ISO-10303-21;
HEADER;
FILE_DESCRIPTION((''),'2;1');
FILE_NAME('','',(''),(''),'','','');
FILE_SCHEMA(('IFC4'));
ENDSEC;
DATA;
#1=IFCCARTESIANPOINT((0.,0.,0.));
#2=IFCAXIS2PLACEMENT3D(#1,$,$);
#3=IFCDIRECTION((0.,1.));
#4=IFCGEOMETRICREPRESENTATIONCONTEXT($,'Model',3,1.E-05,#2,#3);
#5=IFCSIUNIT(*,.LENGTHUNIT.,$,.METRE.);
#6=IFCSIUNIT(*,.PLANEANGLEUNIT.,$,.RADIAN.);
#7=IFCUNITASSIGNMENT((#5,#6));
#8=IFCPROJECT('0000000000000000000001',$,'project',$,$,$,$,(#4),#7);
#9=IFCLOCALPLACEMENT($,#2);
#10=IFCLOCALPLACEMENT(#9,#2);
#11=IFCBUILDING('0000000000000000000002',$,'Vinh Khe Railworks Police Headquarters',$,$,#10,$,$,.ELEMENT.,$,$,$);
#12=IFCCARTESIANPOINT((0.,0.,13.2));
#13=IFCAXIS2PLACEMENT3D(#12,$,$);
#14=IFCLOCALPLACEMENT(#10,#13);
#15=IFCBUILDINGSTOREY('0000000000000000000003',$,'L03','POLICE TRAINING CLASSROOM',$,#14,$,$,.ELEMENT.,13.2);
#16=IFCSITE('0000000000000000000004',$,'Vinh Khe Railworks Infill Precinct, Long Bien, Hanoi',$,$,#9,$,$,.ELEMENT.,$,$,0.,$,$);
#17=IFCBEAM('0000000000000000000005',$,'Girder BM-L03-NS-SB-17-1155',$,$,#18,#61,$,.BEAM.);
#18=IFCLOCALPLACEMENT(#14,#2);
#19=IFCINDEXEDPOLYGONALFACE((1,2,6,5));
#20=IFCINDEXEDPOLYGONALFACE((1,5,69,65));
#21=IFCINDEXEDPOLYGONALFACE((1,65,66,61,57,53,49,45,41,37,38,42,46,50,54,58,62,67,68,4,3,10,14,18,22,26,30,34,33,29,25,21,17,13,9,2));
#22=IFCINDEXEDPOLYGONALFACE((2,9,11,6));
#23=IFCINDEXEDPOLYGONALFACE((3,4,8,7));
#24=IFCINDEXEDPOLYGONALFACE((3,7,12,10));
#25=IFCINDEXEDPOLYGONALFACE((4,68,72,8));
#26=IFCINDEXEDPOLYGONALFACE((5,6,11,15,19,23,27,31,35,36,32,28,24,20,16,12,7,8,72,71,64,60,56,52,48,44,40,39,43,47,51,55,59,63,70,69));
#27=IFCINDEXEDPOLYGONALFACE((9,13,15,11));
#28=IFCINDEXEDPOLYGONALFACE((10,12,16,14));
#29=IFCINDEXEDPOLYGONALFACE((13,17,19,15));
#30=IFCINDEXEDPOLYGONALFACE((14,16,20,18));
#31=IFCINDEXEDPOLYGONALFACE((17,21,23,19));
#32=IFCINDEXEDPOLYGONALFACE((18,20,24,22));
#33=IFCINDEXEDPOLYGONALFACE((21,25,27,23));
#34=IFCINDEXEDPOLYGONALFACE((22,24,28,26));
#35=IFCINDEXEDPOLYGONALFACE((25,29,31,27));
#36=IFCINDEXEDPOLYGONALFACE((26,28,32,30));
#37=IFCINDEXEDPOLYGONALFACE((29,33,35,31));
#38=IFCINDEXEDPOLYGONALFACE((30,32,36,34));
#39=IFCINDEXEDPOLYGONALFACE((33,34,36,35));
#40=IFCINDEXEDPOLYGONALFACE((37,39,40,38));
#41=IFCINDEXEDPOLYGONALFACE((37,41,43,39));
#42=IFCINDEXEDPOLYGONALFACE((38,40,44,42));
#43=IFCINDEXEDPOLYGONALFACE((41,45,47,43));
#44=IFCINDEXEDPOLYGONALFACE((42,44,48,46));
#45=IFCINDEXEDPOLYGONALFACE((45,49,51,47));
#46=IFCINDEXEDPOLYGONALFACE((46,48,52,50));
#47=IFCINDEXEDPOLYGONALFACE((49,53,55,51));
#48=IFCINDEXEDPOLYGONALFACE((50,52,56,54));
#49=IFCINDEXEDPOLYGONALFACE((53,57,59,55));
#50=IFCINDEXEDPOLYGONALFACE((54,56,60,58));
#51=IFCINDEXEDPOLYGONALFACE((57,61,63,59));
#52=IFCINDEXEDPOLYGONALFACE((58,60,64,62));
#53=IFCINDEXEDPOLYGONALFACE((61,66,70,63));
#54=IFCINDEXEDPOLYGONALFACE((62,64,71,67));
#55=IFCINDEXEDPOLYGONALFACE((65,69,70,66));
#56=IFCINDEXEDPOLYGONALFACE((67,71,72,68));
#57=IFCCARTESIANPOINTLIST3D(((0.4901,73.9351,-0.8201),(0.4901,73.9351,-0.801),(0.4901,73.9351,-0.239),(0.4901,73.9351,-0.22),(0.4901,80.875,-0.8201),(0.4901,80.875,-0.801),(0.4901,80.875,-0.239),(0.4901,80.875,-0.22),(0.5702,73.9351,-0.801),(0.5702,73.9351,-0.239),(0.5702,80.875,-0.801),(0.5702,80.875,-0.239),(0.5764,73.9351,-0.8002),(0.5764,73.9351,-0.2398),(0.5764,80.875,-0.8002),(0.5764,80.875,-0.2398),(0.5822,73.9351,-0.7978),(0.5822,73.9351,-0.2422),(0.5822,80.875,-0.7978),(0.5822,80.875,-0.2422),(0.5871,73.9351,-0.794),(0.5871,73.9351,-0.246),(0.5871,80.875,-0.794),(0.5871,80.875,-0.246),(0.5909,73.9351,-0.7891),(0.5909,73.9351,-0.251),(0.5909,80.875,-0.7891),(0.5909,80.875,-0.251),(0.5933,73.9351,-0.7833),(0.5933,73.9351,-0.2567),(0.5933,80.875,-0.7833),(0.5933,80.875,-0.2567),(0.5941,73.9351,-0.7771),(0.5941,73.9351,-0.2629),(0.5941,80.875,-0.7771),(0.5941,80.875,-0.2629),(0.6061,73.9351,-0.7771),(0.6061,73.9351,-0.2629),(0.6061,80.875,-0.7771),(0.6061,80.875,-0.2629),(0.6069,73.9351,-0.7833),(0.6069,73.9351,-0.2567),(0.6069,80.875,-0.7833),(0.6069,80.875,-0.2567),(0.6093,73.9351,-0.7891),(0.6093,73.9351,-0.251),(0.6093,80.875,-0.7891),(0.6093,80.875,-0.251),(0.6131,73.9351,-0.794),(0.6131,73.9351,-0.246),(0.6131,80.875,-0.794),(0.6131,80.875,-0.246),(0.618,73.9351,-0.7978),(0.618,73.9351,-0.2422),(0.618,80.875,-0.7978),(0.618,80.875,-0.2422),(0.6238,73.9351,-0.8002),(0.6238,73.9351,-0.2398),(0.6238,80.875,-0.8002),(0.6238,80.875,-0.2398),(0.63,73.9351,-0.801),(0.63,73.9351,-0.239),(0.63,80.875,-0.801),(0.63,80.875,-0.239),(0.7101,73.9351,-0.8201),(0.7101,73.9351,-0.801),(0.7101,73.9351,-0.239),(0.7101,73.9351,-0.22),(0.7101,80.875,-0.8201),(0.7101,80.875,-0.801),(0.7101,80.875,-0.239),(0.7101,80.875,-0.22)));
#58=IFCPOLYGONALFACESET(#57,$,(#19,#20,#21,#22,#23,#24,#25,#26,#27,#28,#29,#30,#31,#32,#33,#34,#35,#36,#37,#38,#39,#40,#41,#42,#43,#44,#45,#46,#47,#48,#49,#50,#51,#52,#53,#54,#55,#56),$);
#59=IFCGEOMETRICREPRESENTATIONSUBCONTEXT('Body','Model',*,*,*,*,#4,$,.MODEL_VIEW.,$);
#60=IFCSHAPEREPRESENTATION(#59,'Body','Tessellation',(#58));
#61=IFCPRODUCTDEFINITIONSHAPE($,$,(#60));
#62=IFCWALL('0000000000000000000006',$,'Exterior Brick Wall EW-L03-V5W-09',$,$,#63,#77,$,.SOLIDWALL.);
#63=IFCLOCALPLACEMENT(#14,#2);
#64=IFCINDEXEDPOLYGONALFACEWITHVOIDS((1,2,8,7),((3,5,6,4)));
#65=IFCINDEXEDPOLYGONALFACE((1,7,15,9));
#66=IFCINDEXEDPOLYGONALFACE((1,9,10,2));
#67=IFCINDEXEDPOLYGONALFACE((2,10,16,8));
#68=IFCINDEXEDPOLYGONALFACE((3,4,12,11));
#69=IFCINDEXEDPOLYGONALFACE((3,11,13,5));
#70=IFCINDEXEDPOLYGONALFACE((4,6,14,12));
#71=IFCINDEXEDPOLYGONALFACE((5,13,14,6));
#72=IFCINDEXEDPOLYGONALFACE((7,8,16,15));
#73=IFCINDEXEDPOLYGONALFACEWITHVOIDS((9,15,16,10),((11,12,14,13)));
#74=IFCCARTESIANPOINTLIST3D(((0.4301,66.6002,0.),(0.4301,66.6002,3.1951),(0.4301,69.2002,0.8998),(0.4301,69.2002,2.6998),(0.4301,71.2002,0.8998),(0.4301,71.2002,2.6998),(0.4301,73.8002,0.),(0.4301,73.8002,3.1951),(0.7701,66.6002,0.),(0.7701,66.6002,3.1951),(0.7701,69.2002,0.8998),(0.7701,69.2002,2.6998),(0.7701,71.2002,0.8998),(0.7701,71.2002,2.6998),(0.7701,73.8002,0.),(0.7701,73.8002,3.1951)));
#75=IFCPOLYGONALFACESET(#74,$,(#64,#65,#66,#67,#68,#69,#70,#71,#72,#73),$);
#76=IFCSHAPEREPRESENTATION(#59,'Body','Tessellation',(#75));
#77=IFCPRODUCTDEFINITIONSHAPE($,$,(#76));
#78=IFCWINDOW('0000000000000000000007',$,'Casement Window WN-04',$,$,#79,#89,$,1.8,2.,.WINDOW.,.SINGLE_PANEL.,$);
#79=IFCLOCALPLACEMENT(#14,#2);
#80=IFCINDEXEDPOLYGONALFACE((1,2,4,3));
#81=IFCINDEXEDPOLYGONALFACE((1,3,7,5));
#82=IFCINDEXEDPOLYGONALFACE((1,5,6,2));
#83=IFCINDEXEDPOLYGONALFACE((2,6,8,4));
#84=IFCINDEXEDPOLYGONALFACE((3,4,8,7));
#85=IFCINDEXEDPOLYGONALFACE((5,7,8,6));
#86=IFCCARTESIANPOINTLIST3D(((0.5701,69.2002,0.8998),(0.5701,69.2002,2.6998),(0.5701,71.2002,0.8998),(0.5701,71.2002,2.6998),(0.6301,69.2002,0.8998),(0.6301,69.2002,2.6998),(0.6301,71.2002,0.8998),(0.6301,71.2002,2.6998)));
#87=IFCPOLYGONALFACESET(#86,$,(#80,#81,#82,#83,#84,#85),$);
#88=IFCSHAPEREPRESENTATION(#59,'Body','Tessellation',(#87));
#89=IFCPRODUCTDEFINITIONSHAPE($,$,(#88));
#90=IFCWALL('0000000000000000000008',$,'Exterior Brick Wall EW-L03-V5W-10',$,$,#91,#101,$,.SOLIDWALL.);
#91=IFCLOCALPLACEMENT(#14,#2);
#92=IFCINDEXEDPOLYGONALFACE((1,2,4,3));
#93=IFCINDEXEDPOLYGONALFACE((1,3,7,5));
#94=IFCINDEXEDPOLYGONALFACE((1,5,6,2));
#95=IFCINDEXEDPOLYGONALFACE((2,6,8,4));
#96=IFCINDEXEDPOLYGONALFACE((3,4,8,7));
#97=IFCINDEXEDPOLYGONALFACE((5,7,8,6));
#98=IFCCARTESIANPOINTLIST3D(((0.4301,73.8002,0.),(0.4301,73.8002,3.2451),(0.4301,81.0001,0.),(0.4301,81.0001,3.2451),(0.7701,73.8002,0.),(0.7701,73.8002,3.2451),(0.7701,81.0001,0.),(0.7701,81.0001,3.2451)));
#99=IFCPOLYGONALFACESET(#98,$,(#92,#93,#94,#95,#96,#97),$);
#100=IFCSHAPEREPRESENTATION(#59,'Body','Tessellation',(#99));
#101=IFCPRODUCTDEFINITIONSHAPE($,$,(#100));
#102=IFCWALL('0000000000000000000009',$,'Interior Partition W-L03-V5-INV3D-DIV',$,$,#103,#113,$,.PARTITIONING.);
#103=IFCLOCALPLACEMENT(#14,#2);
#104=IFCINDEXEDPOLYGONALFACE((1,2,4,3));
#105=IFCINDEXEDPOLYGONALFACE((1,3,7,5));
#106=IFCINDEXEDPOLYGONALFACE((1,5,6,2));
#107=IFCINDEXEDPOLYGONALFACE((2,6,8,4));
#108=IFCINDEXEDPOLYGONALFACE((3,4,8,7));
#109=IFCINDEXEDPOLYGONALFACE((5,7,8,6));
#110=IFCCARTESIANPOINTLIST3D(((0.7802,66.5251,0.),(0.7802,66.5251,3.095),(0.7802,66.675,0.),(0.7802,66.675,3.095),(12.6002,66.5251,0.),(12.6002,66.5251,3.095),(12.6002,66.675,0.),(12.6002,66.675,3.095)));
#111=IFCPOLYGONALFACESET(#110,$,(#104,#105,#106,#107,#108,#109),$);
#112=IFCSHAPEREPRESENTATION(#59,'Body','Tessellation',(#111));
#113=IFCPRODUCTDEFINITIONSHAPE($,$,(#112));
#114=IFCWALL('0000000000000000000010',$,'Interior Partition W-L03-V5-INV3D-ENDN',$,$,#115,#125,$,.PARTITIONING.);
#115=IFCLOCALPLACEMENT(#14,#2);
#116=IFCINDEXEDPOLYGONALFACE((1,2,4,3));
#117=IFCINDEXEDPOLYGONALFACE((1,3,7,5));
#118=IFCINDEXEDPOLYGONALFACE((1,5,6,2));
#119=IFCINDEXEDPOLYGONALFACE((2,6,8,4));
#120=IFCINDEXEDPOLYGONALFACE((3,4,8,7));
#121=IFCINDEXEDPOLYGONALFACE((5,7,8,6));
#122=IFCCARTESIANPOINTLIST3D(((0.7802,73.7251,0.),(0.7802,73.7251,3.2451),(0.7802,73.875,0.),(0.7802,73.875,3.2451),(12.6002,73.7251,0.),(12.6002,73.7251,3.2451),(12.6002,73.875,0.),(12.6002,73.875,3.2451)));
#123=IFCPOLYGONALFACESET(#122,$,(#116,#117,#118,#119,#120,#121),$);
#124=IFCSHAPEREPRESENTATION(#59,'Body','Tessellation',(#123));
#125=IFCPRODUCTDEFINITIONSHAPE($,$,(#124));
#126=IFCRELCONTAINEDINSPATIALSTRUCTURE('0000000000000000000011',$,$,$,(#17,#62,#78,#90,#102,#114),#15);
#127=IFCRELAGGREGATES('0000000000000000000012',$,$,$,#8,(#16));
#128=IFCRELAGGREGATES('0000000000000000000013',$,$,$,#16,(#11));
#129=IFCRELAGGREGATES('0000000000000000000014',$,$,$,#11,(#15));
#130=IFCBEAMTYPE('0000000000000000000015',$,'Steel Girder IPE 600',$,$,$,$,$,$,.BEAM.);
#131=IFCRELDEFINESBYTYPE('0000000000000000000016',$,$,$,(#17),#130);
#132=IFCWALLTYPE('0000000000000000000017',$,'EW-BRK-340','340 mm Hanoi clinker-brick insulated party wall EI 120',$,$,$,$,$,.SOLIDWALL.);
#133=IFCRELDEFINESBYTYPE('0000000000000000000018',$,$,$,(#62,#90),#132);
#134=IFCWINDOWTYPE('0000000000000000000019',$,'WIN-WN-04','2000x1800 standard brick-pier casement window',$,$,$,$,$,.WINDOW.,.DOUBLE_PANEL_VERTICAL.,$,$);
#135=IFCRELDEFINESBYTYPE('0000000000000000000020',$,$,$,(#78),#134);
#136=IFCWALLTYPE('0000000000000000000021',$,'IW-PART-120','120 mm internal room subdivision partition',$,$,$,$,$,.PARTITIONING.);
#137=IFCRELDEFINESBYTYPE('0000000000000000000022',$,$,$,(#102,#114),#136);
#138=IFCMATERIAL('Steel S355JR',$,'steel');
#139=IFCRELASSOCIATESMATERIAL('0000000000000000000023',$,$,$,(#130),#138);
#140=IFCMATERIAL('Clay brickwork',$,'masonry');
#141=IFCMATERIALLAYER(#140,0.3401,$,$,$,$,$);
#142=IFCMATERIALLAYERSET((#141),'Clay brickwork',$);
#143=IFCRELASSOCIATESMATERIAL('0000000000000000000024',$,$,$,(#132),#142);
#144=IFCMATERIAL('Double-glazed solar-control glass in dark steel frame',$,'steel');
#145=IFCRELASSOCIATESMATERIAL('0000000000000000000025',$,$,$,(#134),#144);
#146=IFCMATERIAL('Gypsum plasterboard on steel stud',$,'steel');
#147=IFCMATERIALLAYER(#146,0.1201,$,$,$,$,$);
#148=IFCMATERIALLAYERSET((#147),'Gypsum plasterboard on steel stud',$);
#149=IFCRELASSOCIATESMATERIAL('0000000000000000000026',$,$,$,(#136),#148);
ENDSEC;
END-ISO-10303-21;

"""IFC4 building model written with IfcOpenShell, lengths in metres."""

from ifc_helpers import new_model, si_unit, direction, frame, frame_2d, origin, origin_2d, place, context, subcontext, project, spatial, rectangle, i_section, extrude, material, layer, layer_set, material_profile, profile_set, type_object, element, fill, save


model = new_model("IFC4")

# Units and contexts
model_context = context("Model", 3, precision=1e-05, world=origin(), true_north=direction((0.0, 1.0)))
body_context = subcontext(model_context, "Body", "Model", "MODEL_VIEW")
ifc_project = project(units=[si_unit("LENGTHUNIT", "METRE"), si_unit("PLANEANGLEUNIT", "RADIAN")], contexts=[model_context])

# Site, building, storey
site_placement = place(None, origin())
site = spatial("IfcSite", under=ifc_project, at=site_placement, Name="Vinh Khe Railworks Infill Precinct, Long Bien, Hanoi", CompositionType="ELEMENT", RefElevation=0.0)
building_placement = place(site_placement, origin())
building = spatial("IfcBuilding", under=site, at=building_placement, Name="Vinh Khe Railworks Police Headquarters", CompositionType="ELEMENT")
storey_placement = place(building_placement, frame((0.0, 0.0, 13.2)))
storey = spatial("IfcBuildingStorey", under=building, at=storey_placement, Name="L03", Description="POLICE TRAINING CLASSROOM", CompositionType="ELEMENT", Elevation=13.2)

# Shared definitions
ifc_material_1 = material(Name="Steel S355JR", Category="steel")

# Beam
ifc_material_profile_1 = material_profile(ifc_material_1, i_section(OverallWidth=0.22, OverallDepth=0.6001, WebThickness=0.012, FlangeThickness=0.019, FilletRadius=0.0239, at=origin_2d()), Name="IPE 600")
ifc_profile_set_1 = profile_set([ifc_material_profile_1], Name="Steel S355JR")
beam_type_1 = type_object("IfcBeamType", Name="Steel Girder IPE 600", PredefinedType="BEAM", material=ifc_profile_set_1)
beam_1_placement = place(storey_placement, frame((0.6001, 73.9351, -0.52), z_axis=(0.0, 1.0, 0.0), x_axis=(-1.0, 0.0, 0.0)))
element("IfcBeam", 1, at=beam_1_placement, inside=storey, type_object=beam_type_1, Name="Girder BM-L03-NS-SB-17-1155", PredefinedType="BEAM", context=body_context, shape_type="SweptSolid", body=[
    extrude(i_section(OverallWidth=0.22, OverallDepth=0.6001, WebThickness=0.012, FlangeThickness=0.019, FilletRadius=0.0239, at=origin_2d()), origin(), (0.0, 0.0, 1.0), 6.9399),
])

# Wall, opening, window
ifc_material_2 = material(Name="Clay brickwork", Category="masonry")
ifc_layer_1 = layer(ifc_material_2, 0.3401)
ifc_layer_set_1 = layer_set([ifc_layer_1], Name="Clay brickwork")
wall_type_1 = type_object("IfcWallType", Name="EW-BRK-340", Description="340 mm Hanoi clinker-brick insulated party wall EI 120", PredefinedType="SOLIDWALL", material=ifc_layer_set_1)
wall_1_placement = place(storey_placement, frame((0.6001, 66.6001, 0.0), z_axis=(0.0, 0.0, 1.0), x_axis=(0.0, 1.0, 0.0)))
wall_1 = element("IfcWall", 2, at=wall_1_placement, inside=storey, type_object=wall_type_1, Name="Exterior Brick Wall EW-L03-V5W-09", PredefinedType="SOLIDWALL", context=body_context, shape_type="SweptSolid", body=[
    extrude(rectangle(XDim=7.2, YDim=0.3401, at=frame_2d((3.6001, 0.0))), origin(), (0.0, 0.0, 1.0), 3.1951),
])
opening_placement = place(wall_1_placement, frame((2.6001, 0.0, 0.8999)))
opening = element("IfcOpeningElement", 3, at=opening_placement, cuts=wall_1, PredefinedType="OPENING", context=body_context, shape_type="SweptSolid", body=[
    extrude(rectangle(XDim=2.0, YDim=1.8, at=frame_2d((1.0, 0.8999))), frame((0.0, 0.1851, 0.0), z_axis=(0.0, -1.0, 0.0), x_axis=(1.0, 0.0, 0.0)), (0.0, 0.0, 1.0), 0.3699),
])
ifc_material_3 = material(Name="Double-glazed solar-control glass in dark steel frame", Category="steel")
window_type = type_object("IfcWindowType", Name="WIN-WN-04", Description="2000x1800 standard brick-pier casement window", PartitioningType="DOUBLE_PANEL_VERTICAL", PredefinedType="WINDOW", material=ifc_material_3)
window_placement = place(opening_placement, origin())
window = element("IfcWindow", 4, at=window_placement, inside=storey, type_object=window_type, Name="Casement Window WN-04", OverallHeight=1.8, OverallWidth=2.0, PartitioningType="SINGLE_PANEL", PredefinedType="WINDOW", context=body_context, shape_type="SweptSolid", body=[
    extrude(rectangle(XDim=2.0, YDim=1.8, at=frame_2d((1.0, 0.8999))), frame((0.0, 0.03, 0.0), z_axis=(0.0, -1.0, 0.0), x_axis=(1.0, 0.0, 0.0)), (0.0, 0.0, 1.0), 0.0601),
])
fill(opening, window)

# Walls
wall_2_placement = place(storey_placement, frame((0.6001, 73.8, 0.0), z_axis=(0.0, 0.0, 1.0), x_axis=(0.0, 1.0, 0.0)))
element("IfcWall", 5, at=wall_2_placement, inside=storey, type_object=wall_type_1, Name="Exterior Brick Wall EW-L03-V5W-10", PredefinedType="SOLIDWALL", context=body_context, shape_type="SweptSolid", body=[
    extrude(rectangle(XDim=7.2, YDim=0.3401, at=frame_2d((3.6001, 0.0))), origin(), (0.0, 0.0, 1.0), 3.2451),
])
ifc_material_4 = material(Name="Gypsum plasterboard on steel stud", Category="steel")
ifc_layer_2 = layer(ifc_material_4, 0.1201)
ifc_layer_set_2 = layer_set([ifc_layer_2], Name="Gypsum plasterboard on steel stud")
wall_type_2 = type_object("IfcWallType", Name="IW-PART-120", Description="120 mm internal room subdivision partition", PredefinedType="PARTITIONING", material=ifc_layer_set_2)
wall_3_placement = place(storey_placement, frame((0.78, 66.6001, 0.0), z_axis=(0.0, 0.0, 1.0), x_axis=(1.0, 0.0, 0.0)))
element("IfcWall", 6, at=wall_3_placement, inside=storey, type_object=wall_type_2, Name="Interior Partition W-L03-V5-INV3D-DIV", PredefinedType="PARTITIONING", context=body_context, shape_type="SweptSolid", body=[
    extrude(rectangle(XDim=11.8201, YDim=0.1499, at=frame_2d((5.9102, 0.0))), origin(), (0.0, 0.0, 1.0), 3.095),
])
wall_4_placement = place(storey_placement, frame((0.78, 73.8, 0.0), z_axis=(0.0, 0.0, 1.0), x_axis=(1.0, 0.0, 0.0)))
element("IfcWall", 7, at=wall_4_placement, inside=storey, type_object=wall_type_2, Name="Interior Partition W-L03-V5-INV3D-ENDN", PredefinedType="PARTITIONING", context=body_context, shape_type="SweptSolid", body=[
    extrude(rectangle(XDim=11.8201, YDim=0.1499, at=frame_2d((5.9102, 0.0))), origin(), (0.0, 0.0, 1.0), 3.2451),
])

save(model, "model.ifc")
